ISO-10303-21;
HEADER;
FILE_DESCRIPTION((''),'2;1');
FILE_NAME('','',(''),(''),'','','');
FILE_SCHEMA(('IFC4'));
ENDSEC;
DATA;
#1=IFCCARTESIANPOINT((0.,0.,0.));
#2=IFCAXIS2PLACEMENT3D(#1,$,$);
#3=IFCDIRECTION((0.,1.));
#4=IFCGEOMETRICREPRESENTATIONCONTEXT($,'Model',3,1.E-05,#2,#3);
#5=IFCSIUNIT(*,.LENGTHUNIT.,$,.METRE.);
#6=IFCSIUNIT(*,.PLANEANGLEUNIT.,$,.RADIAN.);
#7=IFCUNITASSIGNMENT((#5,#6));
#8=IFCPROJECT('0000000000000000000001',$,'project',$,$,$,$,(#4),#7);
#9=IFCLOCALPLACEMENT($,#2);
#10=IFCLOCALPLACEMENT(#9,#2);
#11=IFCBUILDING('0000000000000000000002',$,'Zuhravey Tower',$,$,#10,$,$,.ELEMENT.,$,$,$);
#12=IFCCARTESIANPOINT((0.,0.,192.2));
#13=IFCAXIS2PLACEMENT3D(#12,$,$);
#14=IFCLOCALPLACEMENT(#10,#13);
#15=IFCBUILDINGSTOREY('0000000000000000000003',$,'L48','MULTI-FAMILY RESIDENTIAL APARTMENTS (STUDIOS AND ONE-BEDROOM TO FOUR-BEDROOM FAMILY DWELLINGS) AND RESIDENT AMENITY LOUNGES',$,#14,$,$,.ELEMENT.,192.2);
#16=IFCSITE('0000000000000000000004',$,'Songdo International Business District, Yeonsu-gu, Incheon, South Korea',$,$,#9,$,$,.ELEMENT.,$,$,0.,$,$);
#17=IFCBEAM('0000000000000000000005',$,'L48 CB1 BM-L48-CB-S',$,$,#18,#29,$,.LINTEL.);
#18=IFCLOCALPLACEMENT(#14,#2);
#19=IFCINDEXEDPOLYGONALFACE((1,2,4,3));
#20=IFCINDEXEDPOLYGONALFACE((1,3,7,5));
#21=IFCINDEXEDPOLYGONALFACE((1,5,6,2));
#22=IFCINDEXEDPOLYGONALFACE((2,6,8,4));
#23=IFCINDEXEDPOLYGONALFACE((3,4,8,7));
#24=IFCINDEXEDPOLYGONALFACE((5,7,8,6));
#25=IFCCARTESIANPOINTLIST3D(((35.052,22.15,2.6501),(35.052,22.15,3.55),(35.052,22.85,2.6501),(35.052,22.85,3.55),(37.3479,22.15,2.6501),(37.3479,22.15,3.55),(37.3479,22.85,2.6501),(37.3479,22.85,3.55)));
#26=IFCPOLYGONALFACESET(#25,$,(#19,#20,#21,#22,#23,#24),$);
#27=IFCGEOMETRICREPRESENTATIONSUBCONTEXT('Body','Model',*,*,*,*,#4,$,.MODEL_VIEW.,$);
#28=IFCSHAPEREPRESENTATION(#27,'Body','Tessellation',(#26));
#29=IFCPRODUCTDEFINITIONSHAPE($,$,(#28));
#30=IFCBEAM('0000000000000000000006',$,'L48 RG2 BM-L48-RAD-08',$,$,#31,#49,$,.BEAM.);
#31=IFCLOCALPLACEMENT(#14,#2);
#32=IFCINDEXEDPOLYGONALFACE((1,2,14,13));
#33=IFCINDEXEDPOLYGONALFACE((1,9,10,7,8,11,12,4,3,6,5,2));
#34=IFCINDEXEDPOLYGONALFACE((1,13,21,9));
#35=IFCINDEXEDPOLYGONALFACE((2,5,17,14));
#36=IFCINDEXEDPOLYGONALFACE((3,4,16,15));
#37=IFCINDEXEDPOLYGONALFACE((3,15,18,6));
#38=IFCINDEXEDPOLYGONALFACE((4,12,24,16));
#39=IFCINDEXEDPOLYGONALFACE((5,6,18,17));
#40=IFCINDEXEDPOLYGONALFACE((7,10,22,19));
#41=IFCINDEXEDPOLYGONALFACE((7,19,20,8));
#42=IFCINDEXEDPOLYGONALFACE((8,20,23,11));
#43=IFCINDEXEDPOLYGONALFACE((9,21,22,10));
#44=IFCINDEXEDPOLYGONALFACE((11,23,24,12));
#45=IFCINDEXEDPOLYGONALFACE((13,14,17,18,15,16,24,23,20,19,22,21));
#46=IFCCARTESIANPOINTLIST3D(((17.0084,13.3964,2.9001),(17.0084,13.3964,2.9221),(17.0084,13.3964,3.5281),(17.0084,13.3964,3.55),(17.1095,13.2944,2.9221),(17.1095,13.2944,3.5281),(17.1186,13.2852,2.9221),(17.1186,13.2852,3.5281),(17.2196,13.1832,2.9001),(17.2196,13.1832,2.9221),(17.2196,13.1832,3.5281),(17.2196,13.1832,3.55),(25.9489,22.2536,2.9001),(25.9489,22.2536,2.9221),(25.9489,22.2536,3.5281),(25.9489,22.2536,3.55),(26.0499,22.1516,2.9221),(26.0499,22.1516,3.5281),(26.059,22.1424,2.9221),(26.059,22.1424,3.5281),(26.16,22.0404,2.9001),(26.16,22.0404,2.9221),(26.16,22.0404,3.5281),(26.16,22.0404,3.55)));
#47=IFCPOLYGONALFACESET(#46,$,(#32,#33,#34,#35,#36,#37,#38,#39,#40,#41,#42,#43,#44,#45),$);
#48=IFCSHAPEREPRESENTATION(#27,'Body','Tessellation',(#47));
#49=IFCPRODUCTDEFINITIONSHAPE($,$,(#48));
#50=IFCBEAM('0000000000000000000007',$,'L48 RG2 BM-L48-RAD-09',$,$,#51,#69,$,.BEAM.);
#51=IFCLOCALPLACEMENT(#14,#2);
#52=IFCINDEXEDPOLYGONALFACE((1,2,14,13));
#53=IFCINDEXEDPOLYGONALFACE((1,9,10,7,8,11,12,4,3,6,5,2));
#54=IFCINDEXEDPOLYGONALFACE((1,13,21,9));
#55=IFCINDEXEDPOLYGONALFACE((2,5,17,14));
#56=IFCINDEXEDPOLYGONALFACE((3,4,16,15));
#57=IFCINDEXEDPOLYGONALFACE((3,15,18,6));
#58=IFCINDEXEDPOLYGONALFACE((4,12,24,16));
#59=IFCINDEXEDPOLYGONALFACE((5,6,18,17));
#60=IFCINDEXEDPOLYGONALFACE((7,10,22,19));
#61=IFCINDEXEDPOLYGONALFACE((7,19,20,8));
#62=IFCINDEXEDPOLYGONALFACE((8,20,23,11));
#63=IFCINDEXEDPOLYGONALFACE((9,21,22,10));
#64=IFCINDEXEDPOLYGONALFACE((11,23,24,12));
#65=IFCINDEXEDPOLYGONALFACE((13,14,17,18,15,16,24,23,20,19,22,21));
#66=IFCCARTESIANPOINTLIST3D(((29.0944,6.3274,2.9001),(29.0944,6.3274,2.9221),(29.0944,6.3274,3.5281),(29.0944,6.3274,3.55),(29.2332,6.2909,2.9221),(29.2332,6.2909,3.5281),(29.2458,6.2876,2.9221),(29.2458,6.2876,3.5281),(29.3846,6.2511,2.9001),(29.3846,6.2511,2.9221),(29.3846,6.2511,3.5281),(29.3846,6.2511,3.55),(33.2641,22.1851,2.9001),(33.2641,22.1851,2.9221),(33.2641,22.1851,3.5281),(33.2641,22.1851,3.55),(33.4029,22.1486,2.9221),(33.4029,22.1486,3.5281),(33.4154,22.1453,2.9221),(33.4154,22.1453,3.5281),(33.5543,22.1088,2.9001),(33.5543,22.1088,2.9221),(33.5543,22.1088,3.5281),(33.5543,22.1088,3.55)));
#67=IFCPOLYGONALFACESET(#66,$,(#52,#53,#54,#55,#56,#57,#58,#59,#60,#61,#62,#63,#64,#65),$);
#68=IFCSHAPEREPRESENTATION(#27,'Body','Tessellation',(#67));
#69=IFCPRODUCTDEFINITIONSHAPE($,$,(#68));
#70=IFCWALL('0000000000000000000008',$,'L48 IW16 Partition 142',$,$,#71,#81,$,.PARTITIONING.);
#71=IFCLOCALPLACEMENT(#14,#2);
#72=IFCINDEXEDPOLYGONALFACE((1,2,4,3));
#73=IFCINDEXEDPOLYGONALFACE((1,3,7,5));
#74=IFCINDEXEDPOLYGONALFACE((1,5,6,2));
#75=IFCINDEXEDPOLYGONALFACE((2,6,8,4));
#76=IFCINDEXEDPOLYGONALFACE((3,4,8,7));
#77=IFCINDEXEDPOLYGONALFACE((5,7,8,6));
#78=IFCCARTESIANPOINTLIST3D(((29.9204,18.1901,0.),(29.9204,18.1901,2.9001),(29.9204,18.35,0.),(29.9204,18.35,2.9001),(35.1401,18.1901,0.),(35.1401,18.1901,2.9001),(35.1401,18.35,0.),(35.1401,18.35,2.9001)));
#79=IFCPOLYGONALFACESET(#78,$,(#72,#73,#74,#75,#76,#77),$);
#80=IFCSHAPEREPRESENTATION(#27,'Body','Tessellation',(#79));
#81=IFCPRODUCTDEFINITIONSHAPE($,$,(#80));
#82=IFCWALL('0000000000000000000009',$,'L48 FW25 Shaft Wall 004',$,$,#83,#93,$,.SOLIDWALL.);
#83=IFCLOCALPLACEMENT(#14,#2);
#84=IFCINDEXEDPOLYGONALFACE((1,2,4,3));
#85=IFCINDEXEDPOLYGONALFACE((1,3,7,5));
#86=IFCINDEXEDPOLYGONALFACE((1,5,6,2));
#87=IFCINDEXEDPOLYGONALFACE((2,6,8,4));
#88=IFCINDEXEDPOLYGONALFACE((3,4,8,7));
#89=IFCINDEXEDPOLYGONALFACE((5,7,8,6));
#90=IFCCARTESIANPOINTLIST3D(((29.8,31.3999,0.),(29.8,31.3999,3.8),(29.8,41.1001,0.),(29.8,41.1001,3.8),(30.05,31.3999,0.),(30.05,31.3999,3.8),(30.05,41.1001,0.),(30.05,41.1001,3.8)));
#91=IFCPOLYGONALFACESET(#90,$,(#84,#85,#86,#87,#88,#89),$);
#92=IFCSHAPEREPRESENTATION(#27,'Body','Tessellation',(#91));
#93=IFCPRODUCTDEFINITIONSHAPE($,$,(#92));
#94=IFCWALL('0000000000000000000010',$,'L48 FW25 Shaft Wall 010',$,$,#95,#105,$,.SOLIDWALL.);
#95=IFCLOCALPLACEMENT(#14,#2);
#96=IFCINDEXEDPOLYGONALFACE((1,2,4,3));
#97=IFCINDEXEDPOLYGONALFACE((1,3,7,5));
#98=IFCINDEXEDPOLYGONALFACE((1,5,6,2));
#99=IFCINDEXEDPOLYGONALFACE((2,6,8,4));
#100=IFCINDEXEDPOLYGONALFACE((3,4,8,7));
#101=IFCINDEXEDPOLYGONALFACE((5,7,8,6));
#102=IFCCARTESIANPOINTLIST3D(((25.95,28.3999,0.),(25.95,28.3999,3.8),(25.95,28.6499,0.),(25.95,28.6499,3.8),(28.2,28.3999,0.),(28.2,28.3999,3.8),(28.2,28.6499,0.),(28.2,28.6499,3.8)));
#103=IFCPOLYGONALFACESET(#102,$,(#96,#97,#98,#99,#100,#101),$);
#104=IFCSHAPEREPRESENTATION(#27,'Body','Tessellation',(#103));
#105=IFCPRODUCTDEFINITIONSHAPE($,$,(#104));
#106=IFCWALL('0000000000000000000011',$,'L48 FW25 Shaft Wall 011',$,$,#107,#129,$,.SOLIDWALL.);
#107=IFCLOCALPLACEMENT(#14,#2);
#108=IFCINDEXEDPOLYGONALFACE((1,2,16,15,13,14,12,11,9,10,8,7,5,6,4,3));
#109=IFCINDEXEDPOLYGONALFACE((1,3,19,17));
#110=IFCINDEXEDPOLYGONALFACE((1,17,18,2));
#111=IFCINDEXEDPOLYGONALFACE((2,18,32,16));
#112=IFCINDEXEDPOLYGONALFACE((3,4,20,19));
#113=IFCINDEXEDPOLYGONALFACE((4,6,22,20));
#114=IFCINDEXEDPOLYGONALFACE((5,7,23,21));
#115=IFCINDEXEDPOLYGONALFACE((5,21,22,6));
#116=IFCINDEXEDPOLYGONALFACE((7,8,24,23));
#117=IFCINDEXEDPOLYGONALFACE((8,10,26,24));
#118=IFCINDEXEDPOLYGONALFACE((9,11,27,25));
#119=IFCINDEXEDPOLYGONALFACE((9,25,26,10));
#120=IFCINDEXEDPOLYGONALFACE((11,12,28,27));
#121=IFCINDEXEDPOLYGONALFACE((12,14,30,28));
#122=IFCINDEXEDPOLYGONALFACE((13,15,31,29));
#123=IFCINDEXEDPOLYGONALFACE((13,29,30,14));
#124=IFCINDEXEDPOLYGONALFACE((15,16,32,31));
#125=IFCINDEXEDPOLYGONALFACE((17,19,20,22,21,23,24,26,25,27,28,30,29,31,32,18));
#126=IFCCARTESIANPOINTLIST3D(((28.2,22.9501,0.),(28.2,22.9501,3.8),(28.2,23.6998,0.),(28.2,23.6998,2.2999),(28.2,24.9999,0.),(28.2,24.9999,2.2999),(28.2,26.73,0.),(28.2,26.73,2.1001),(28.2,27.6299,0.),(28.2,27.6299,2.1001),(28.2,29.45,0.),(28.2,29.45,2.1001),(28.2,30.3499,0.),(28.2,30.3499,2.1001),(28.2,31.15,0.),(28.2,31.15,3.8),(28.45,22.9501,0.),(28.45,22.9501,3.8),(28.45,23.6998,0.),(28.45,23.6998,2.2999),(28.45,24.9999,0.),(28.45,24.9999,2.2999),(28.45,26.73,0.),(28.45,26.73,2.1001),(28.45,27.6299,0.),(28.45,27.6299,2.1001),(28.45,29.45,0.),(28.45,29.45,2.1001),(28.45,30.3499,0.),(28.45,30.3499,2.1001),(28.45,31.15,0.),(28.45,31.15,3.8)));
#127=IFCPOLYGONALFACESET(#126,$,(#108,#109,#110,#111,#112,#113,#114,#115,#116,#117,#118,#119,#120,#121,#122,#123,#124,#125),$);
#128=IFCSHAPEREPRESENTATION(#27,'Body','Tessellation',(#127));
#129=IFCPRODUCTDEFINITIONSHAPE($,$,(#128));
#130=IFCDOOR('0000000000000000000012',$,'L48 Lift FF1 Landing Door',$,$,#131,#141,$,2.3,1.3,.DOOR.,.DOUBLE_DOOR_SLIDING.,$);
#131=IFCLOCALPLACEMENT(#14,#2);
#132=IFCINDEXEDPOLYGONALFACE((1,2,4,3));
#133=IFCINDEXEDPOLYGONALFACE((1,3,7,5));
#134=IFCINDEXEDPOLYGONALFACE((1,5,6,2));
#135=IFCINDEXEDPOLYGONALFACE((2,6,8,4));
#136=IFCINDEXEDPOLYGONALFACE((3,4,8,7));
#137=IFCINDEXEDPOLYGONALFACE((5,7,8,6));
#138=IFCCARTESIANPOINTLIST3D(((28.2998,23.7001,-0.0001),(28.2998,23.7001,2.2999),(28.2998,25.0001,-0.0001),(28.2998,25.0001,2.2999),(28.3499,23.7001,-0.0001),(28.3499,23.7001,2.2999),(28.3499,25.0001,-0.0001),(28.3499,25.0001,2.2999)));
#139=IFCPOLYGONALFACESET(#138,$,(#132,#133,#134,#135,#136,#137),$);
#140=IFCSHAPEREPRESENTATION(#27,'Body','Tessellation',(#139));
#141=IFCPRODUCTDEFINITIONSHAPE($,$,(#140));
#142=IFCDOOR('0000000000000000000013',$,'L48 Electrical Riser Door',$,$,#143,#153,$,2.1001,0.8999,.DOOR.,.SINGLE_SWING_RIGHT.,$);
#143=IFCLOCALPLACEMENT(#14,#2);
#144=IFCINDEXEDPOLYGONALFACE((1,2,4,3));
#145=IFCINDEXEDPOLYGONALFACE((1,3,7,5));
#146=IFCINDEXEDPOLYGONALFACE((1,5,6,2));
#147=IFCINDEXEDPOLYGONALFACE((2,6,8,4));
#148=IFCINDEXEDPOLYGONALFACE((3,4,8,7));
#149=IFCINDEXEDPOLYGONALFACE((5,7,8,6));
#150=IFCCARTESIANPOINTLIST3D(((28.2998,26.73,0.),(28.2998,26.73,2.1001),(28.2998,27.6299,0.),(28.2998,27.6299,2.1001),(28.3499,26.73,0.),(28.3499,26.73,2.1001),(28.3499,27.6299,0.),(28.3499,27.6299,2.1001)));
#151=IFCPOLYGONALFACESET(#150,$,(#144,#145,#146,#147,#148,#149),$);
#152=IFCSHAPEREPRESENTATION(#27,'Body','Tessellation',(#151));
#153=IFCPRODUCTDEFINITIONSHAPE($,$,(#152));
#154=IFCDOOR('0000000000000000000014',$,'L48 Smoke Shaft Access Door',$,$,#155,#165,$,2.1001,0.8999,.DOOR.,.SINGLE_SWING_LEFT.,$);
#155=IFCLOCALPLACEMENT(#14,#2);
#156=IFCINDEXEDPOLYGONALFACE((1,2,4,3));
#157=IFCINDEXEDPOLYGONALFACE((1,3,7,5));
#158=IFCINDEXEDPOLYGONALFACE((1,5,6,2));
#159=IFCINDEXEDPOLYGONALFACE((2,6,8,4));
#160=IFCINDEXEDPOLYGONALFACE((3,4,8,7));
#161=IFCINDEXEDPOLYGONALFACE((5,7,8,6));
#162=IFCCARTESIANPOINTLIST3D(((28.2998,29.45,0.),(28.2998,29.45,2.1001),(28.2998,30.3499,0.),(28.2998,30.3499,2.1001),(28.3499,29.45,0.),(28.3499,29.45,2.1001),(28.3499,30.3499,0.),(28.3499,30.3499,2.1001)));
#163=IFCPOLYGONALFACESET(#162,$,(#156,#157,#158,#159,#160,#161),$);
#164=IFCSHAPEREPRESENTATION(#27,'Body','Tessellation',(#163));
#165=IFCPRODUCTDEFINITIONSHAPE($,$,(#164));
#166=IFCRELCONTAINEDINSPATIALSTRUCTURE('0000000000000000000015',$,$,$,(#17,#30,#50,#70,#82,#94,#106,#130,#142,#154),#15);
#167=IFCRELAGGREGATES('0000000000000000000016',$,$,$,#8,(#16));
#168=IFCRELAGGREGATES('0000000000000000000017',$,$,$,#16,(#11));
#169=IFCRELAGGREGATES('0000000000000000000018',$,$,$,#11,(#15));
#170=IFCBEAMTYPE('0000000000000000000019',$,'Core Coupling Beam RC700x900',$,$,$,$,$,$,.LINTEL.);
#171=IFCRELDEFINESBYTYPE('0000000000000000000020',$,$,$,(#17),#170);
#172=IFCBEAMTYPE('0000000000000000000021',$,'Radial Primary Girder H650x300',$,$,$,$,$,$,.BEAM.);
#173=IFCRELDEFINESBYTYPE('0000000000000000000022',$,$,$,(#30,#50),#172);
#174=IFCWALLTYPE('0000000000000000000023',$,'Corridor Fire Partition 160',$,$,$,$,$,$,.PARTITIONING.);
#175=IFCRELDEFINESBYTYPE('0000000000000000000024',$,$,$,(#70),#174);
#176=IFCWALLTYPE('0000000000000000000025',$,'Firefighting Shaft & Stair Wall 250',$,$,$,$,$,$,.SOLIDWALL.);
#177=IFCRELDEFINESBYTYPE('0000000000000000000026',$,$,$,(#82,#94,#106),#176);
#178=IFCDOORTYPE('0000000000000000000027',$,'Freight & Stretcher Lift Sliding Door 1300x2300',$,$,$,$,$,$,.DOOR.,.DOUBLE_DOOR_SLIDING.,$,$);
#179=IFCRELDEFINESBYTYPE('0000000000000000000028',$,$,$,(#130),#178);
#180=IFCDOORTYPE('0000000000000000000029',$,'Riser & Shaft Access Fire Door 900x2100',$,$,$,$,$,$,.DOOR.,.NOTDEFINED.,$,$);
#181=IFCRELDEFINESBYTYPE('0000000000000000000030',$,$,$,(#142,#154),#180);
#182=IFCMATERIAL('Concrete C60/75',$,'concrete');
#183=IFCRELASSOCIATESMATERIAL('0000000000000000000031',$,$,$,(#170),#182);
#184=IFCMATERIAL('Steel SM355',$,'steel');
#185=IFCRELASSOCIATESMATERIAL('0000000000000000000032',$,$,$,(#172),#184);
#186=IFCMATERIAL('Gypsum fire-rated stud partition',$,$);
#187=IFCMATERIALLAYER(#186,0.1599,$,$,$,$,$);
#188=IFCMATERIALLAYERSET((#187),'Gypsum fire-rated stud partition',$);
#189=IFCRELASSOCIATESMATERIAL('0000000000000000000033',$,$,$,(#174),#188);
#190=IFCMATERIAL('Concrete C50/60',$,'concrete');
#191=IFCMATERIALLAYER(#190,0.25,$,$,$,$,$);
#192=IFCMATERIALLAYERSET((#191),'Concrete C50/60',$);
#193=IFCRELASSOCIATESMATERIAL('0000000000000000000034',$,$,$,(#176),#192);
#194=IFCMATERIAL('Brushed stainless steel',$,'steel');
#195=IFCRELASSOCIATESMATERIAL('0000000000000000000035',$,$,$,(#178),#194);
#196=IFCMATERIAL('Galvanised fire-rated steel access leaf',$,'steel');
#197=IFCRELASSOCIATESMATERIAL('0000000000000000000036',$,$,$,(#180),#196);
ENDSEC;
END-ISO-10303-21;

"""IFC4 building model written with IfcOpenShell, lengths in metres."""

from ifc_helpers import new_model, si_unit, direction, frame, frame_2d, origin, origin_2d, place, context, subcontext, project, spatial, rectangle, i_section, extrude, material, layer, layer_set, material_profile, profile_set, type_object, element, fill, save


model = new_model("IFC4")

# Units and contexts
model_context = context("Model", 3, precision=1e-05, world=origin(), true_north=direction((0.0, 1.0)))
body_context = subcontext(model_context, "Body", "Model", "MODEL_VIEW")
ifc_project = project(units=[si_unit("LENGTHUNIT", "METRE"), si_unit("PLANEANGLEUNIT", "RADIAN")], contexts=[model_context])

# Site, building, storey
site_placement = place(None, origin())
site = spatial("IfcSite", under=ifc_project, at=site_placement, Name="Songdo International Business District, Yeonsu-gu, Incheon, South Korea", CompositionType="ELEMENT", RefElevation=0.0)
building_placement = place(site_placement, origin())
building = spatial("IfcBuilding", under=site, at=building_placement, Name="Zuhravey Tower", CompositionType="ELEMENT")
storey_placement = place(building_placement, frame((0.0, 0.0, 192.2)))
storey = spatial("IfcBuildingStorey", under=building, at=storey_placement, Name="L48", Description="MULTI-FAMILY RESIDENTIAL APARTMENTS (STUDIOS AND ONE-BEDROOM TO FOUR-BEDROOM FAMILY DWELLINGS) AND RESIDENT AMENITY LOUNGES", CompositionType="ELEMENT", Elevation=192.2)

# Beams
ifc_material_1 = material(Name="Concrete C60/75", Category="concrete")
ifc_material_profile_1 = material_profile(ifc_material_1, rectangle(XDim=0.7, YDim=0.8999, at=origin_2d()), Name="RC-700x900")
ifc_profile_set_1 = profile_set([ifc_material_profile_1], Name="Concrete C60/75")
beam_type_1 = type_object("IfcBeamType", Name="Core Coupling Beam RC700x900", PredefinedType="LINTEL", material=ifc_profile_set_1)
beam_1_placement = place(storey_placement, frame((35.052, 22.5, 3.1001), z_axis=(1.0, 0.0, 0.0), x_axis=(0.0, 1.0, 0.0)))
element("IfcBeam", 1, at=beam_1_placement, inside=storey, type_object=beam_type_1, Name="L48 CB1 BM-L48-CB-S", PredefinedType="LINTEL", context=body_context, shape_type="SweptSolid", body=[
    extrude(rectangle(XDim=0.7, YDim=0.8999, at=origin_2d()), origin(), (0.0, 0.0, 1.0), 2.2959),
])
ifc_material_2 = material(Name="Steel SM355", Category="steel")
ifc_material_profile_2 = material_profile(ifc_material_2, i_section(OverallWidth=0.3, OverallDepth=0.6499, WebThickness=0.0129, FlangeThickness=0.022, at=origin_2d()), Name="H-650x300x13x22")
ifc_profile_set_2 = profile_set([ifc_material_profile_2], Name="Steel SM355")
beam_type_2 = type_object("IfcBeamType", Name="Radial Primary Girder H650x300", PredefinedType="BEAM", material=ifc_profile_set_2)
beam_2_placement = place(storey_placement, frame((26.0544, 22.147, 3.2251), z_axis=(-0.710407, -0.703791, 0.0), x_axis=(0.703791, -0.710407, 0.0)))
element("IfcBeam", 2, at=beam_2_placement, inside=storey, type_object=beam_type_2, Name="L48 RG2 BM-L48-RAD-08", PredefinedType="BEAM", context=body_context, shape_type="SweptSolid", body=[
    extrude(i_section(OverallWidth=0.3, OverallDepth=0.6499, WebThickness=0.0129, FlangeThickness=0.022, at=origin_2d()), origin(), (0.0, 0.0, 1.0), 12.585),
])
beam_3_placement = place(storey_placement, frame((33.4092, 22.147, 3.2251), z_axis=(-0.2543, -0.967125, 0.0), x_axis=(0.967125, -0.2543, 0.0)))
element("IfcBeam", 3, at=beam_3_placement, inside=storey, type_object=beam_type_2, Name="L48 RG2 BM-L48-RAD-09", PredefinedType="BEAM", context=body_context, shape_type="SweptSolid", body=[
    extrude(i_section(OverallWidth=0.3, OverallDepth=0.6499, WebThickness=0.0129, FlangeThickness=0.022, at=origin_2d()), origin(), (0.0, 0.0, 1.0), 16.3967),
])

# Wall
ifc_material_3 = material(Name="Gypsum fire-rated stud partition")
ifc_layer_1 = layer(ifc_material_3, 0.1599)
ifc_layer_set_1 = layer_set([ifc_layer_1], Name="Gypsum fire-rated stud partition")
wall_type_1 = type_object("IfcWallType", Name="Corridor Fire Partition 160", PredefinedType="PARTITIONING", material=ifc_layer_set_1)
wall_1_placement = place(storey_placement, frame((29.9204, 18.27, 0.0), z_axis=(0.0, 0.0, 1.0), x_axis=(1.0, 0.0, 0.0)))
element("IfcWall", 4, at=wall_1_placement, inside=storey, type_object=wall_type_1, Name="L48 IW16 Partition 142", PredefinedType="PARTITIONING", context=body_context, shape_type="SweptSolid", body=[
    extrude(rectangle(XDim=5.2197, YDim=0.1599, at=frame_2d((2.6099, 0.0))), origin(), (0.0, 0.0, 1.0), 2.9001),
])

# Shared definitions
ifc_material_4 = material(Name="Concrete C50/60", Category="concrete")
ifc_layer_2 = layer(ifc_material_4, 0.25)
ifc_layer_set_2 = layer_set([ifc_layer_2], Name="Concrete C50/60")
wall_type_2 = type_object("IfcWallType", Name="Firefighting Shaft & Stair Wall 250", PredefinedType="SOLIDWALL", material=ifc_layer_set_2)

# Walls
wall_2_placement = place(storey_placement, frame((29.925, 31.3999, 0.0), z_axis=(0.0, 0.0, 1.0), x_axis=(0.0, 1.0, 0.0)))
element("IfcWall", 5, at=wall_2_placement, inside=storey, type_object=wall_type_2, Name="L48 FW25 Shaft Wall 004", PredefinedType="SOLIDWALL", context=body_context, shape_type="SweptSolid", body=[
    extrude(rectangle(XDim=9.7002, YDim=0.25, at=frame_2d((4.8501, 0.0))), origin(), (0.0, 0.0, 1.0), 3.8),
])
wall_3_placement = place(storey_placement, frame((25.95, 28.5249, 0.0), z_axis=(0.0, 0.0, 1.0), x_axis=(1.0, 0.0, 0.0)))
element("IfcWall", 6, at=wall_3_placement, inside=storey, type_object=wall_type_2, Name="L48 FW25 Shaft Wall 010", PredefinedType="SOLIDWALL", context=body_context, shape_type="SweptSolid", body=[
    extrude(rectangle(XDim=2.25, YDim=0.25, at=frame_2d((1.125, 0.0))), origin(), (0.0, 0.0, 1.0), 3.8),
])

# Wall, openings, doors
wall_4_placement = place(storey_placement, frame((28.325, 22.95, 0.0), z_axis=(0.0, 0.0, 1.0), x_axis=(0.0, 1.0, 0.0)))
wall_4 = element("IfcWall", 7, at=wall_4_placement, inside=storey, type_object=wall_type_2, Name="L48 FW25 Shaft Wall 011", PredefinedType="SOLIDWALL", context=body_context, shape_type="SweptSolid", body=[
    extrude(rectangle(XDim=8.2, YDim=0.25, at=frame_2d((4.1001, 0.0))), origin(), (0.0, 0.0, 1.0), 3.8),
])
opening_1_placement = place(wall_4_placement, frame((0.75, 0.0, 0.0)))
opening_1 = element("IfcOpeningElement", 8, at=opening_1_placement, cuts=wall_4, PredefinedType="OPENING", context=body_context, shape_type="SweptSolid", body=[
    extrude(rectangle(XDim=1.3, YDim=2.3, at=frame_2d((0.6499, 1.1499))), frame((0.0, 0.137, 0.0), z_axis=(0.0, -1.0, 0.0), x_axis=(1.0, 0.0, 0.0)), (0.0, 0.0, 1.0), 0.2739),
])
opening_2_placement = place(wall_4_placement, frame((3.78, 0.0, 0.0)))
opening_2 = element("IfcOpeningElement", 9, at=opening_2_placement, cuts=wall_4, PredefinedType="OPENING", context=body_context, shape_type="SweptSolid", body=[
    extrude(rectangle(XDim=0.8999, YDim=2.1001, at=frame_2d((0.45, 1.05))), frame((0.0, 0.137, 0.0), z_axis=(0.0, -1.0, 0.0), x_axis=(1.0, 0.0, 0.0)), (0.0, 0.0, 1.0), 0.2739),
])
opening_3_placement = place(wall_4_placement, frame((6.5, 0.0, 0.0)))
opening_3 = element("IfcOpeningElement", 10, at=opening_3_placement, cuts=wall_4, PredefinedType="OPENING", context=body_context, shape_type="SweptSolid", body=[
    extrude(rectangle(XDim=0.8999, YDim=2.1001, at=frame_2d((0.45, 1.05))), frame((0.0, 0.137, 0.0), z_axis=(0.0, -1.0, 0.0), x_axis=(1.0, 0.0, 0.0)), (0.0, 0.0, 1.0), 0.2739),
])
ifc_material_5 = material(Name="Brushed stainless steel", Category="steel")
door_type_1 = type_object("IfcDoorType", Name="Freight & Stretcher Lift Sliding Door 1300x2300", OperationType="DOUBLE_DOOR_SLIDING", PredefinedType="DOOR", material=ifc_material_5)
door_1_placement = place(opening_1_placement, frame((1.3, 0.0, 0.0), z_axis=(0.0, 0.0, 1.0), x_axis=(-1.0, 0.0, 0.0)))
door_1 = element("IfcDoor", 11, at=door_1_placement, inside=storey, type_object=door_type_1, Name="L48 Lift FF1 Landing Door", OperationType="DOUBLE_DOOR_SLIDING", OverallHeight=2.3, OverallWidth=1.3, PredefinedType="DOOR", context=body_context, shape_type="SweptSolid", body=[
    extrude(rectangle(XDim=1.3, YDim=2.3, at=frame_2d((0.6499, 1.1499))), frame((0.0, 0.0249, 0.0), z_axis=(0.0, -1.0, 0.0), x_axis=(1.0, 0.0, 0.0)), (0.0, 0.0, 1.0), 0.05),
])
fill(opening_1, door_1)
ifc_material_6 = material(Name="Galvanised fire-rated steel access leaf", Category="steel")
door_type_2 = type_object("IfcDoorType", Name="Riser & Shaft Access Fire Door 900x2100", OperationType="NOTDEFINED", PredefinedType="DOOR", material=ifc_material_6)
door_2_placement = place(opening_2_placement, frame((0.8999, 0.0, 0.0), z_axis=(0.0, 0.0, 1.0), x_axis=(-1.0, 0.0, 0.0)))
door_2 = element("IfcDoor", 12, at=door_2_placement, inside=storey, type_object=door_type_2, Name="L48 Electrical Riser Door", OperationType="SINGLE_SWING_RIGHT", OverallHeight=2.1001, OverallWidth=0.8999, PredefinedType="DOOR", context=body_context, shape_type="SweptSolid", body=[
    extrude(rectangle(XDim=0.8999, YDim=2.1001, at=frame_2d((0.45, 1.05))), frame((0.0, 0.0249, 0.0), z_axis=(0.0, -1.0, 0.0), x_axis=(1.0, 0.0, 0.0)), (0.0, 0.0, 1.0), 0.05),
])
fill(opening_2, door_2)
door_3_placement = place(opening_3_placement, frame((0.8999, 0.0, 0.0), z_axis=(0.0, 0.0, 1.0), x_axis=(-1.0, 0.0, 0.0)))
door_3 = element("IfcDoor", 13, at=door_3_placement, inside=storey, type_object=door_type_2, Name="L48 Smoke Shaft Access Door", OperationType="SINGLE_SWING_LEFT", OverallHeight=2.1001, OverallWidth=0.8999, PredefinedType="DOOR", context=body_context, shape_type="SweptSolid", body=[
    extrude(rectangle(XDim=0.8999, YDim=2.1001, at=frame_2d((0.45, 1.05))), frame((0.0, 0.0249, 0.0), z_axis=(0.0, -1.0, 0.0), x_axis=(1.0, 0.0, 0.0)), (0.0, 0.0, 1.0), 0.05),
])
fill(opening_3, door_3)

save(model, "model.ifc")
